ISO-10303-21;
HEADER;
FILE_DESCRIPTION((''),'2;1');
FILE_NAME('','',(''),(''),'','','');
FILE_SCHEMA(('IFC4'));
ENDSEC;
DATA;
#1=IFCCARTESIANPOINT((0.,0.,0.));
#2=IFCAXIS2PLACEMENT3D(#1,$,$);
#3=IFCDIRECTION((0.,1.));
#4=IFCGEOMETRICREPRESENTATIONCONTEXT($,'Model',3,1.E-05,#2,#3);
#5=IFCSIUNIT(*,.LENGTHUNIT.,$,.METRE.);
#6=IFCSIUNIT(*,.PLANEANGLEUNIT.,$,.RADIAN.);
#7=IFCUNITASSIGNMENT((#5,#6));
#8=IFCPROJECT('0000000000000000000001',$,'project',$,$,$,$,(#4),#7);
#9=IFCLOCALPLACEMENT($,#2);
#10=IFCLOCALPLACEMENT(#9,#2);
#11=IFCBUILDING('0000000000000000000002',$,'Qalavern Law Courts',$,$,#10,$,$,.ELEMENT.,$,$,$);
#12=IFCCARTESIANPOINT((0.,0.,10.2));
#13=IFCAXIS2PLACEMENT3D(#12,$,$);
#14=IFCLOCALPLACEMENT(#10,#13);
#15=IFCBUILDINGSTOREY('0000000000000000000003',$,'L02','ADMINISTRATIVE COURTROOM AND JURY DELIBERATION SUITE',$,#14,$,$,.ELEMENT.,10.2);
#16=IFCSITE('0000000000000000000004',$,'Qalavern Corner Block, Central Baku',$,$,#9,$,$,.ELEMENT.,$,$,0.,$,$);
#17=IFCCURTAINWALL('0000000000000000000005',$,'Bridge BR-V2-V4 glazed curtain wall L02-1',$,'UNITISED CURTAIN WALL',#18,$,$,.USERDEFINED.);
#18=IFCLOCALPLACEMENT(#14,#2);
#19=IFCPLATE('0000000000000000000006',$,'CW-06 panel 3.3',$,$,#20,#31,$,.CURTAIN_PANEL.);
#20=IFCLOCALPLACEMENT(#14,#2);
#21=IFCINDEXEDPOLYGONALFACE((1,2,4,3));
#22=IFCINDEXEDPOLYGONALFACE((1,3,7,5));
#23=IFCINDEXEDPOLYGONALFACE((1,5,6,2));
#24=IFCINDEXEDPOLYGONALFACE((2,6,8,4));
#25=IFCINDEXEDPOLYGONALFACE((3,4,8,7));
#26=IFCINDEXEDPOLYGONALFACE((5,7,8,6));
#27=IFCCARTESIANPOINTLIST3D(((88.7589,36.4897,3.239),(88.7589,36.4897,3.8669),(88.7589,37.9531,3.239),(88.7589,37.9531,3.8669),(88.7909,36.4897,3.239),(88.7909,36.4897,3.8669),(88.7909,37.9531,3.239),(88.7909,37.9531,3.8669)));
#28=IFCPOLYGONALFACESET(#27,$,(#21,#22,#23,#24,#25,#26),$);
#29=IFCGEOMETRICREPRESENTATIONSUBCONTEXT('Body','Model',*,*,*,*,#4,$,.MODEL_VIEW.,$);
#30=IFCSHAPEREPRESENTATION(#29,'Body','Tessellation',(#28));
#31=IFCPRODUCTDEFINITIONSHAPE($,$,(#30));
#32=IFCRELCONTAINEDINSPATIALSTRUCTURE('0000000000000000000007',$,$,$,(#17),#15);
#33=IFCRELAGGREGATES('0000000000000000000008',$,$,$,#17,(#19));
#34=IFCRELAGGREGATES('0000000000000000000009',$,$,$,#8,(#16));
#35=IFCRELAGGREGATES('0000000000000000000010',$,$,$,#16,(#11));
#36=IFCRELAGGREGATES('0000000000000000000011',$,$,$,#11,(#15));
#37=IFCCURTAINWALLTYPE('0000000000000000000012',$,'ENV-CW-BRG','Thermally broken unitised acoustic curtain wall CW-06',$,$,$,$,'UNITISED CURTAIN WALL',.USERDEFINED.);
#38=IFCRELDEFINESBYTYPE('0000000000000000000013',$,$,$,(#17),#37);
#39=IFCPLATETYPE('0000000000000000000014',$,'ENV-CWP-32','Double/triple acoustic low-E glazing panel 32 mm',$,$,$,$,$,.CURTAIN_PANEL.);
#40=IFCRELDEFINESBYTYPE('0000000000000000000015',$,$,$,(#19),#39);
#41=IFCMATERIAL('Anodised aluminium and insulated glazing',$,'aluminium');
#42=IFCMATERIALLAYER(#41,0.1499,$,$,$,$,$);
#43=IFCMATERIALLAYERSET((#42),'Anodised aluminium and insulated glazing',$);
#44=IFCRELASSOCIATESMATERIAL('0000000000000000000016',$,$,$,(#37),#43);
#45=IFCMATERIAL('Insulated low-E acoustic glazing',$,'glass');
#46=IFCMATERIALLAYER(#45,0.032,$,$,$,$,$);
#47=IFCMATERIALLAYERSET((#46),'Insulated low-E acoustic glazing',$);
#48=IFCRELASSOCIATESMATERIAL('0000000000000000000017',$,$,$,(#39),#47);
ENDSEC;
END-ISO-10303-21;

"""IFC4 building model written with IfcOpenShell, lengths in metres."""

from ifc_helpers import new_model, si_unit, direction, frame, origin, origin_2d, place, context, subcontext, project, spatial, rectangle, extrude, material, layer, layer_set, type_object, element, aggregate, save


model = new_model("IFC4")

# Units and contexts
model_context = context("Model", 3, precision=1e-05, world=origin(), true_north=direction((0.0, 1.0)))
body_context = subcontext(model_context, "Body", "Model", "MODEL_VIEW")
ifc_project = project(units=[si_unit("LENGTHUNIT", "METRE"), si_unit("PLANEANGLEUNIT", "RADIAN")], contexts=[model_context])

# Site, building, storey
site_placement = place(None, origin())
site = spatial("IfcSite", under=ifc_project, at=site_placement, Name="Qalavern Corner Block, Central Baku", CompositionType="ELEMENT", RefElevation=0.0)
building_placement = place(site_placement, origin())
building = spatial("IfcBuilding", under=site, at=building_placement, Name="Qalavern Law Courts", CompositionType="ELEMENT")
storey_placement = place(building_placement, frame((0.0, 0.0, 10.2)))
storey = spatial("IfcBuildingStorey", under=building, at=storey_placement, Name="L02", Description="ADMINISTRATIVE COURTROOM AND JURY DELIBERATION SUITE", CompositionType="ELEMENT", Elevation=10.2)

# Curtain wall
ifc_material_1 = material(Name="Anodised aluminium and insulated glazing", Category="aluminium")
ifc_layer_1 = layer(ifc_material_1, 0.1499)
ifc_layer_set_1 = layer_set([ifc_layer_1], Name="Anodised aluminium and insulated glazing")
curtain_wall_type = type_object("IfcCurtainWallType", Name="ENV-CW-BRG", Description="Thermally broken unitised acoustic curtain wall CW-06", ElementType="UNITISED CURTAIN WALL", PredefinedType="USERDEFINED", material=ifc_layer_set_1)
curtain_wall_placement = place(storey_placement, origin())
curtain_wall = element("IfcCurtainWall", 1, at=curtain_wall_placement, inside=storey, type_object=curtain_wall_type, Name="Bridge BR-V2-V4 glazed curtain wall L02-1", ObjectType="UNITISED CURTAIN WALL", PredefinedType="USERDEFINED")

# Plate
ifc_material_2 = material(Name="Insulated low-E acoustic glazing", Category="glass")
ifc_layer_2 = layer(ifc_material_2, 0.032)
ifc_layer_set_2 = layer_set([ifc_layer_2], Name="Insulated low-E acoustic glazing")
plate_type = type_object("IfcPlateType", Name="ENV-CWP-32", Description="Double/triple acoustic low-E glazing panel 32 mm", PredefinedType="CURTAIN_PANEL", material=ifc_layer_set_2)
plate_1_placement = place(storey_placement, frame((88.7749, 37.2214, 3.239), z_axis=(0.0, 0.0, 1.0), x_axis=(0.0, -1.0, 0.0)))
plate_1 = element("IfcPlate", 2, at=plate_1_placement, type_object=plate_type, Name="CW-06 panel 3.3", PredefinedType="CURTAIN_PANEL", context=body_context, shape_type="SweptSolid", body=[
    extrude(rectangle(XDim=1.4634, YDim=0.032, at=origin_2d()), origin(), (0.0, 0.0, 1.0), 0.6279),
])
aggregate(curtain_wall, [plate_1])

save(model, "model.ifc")
